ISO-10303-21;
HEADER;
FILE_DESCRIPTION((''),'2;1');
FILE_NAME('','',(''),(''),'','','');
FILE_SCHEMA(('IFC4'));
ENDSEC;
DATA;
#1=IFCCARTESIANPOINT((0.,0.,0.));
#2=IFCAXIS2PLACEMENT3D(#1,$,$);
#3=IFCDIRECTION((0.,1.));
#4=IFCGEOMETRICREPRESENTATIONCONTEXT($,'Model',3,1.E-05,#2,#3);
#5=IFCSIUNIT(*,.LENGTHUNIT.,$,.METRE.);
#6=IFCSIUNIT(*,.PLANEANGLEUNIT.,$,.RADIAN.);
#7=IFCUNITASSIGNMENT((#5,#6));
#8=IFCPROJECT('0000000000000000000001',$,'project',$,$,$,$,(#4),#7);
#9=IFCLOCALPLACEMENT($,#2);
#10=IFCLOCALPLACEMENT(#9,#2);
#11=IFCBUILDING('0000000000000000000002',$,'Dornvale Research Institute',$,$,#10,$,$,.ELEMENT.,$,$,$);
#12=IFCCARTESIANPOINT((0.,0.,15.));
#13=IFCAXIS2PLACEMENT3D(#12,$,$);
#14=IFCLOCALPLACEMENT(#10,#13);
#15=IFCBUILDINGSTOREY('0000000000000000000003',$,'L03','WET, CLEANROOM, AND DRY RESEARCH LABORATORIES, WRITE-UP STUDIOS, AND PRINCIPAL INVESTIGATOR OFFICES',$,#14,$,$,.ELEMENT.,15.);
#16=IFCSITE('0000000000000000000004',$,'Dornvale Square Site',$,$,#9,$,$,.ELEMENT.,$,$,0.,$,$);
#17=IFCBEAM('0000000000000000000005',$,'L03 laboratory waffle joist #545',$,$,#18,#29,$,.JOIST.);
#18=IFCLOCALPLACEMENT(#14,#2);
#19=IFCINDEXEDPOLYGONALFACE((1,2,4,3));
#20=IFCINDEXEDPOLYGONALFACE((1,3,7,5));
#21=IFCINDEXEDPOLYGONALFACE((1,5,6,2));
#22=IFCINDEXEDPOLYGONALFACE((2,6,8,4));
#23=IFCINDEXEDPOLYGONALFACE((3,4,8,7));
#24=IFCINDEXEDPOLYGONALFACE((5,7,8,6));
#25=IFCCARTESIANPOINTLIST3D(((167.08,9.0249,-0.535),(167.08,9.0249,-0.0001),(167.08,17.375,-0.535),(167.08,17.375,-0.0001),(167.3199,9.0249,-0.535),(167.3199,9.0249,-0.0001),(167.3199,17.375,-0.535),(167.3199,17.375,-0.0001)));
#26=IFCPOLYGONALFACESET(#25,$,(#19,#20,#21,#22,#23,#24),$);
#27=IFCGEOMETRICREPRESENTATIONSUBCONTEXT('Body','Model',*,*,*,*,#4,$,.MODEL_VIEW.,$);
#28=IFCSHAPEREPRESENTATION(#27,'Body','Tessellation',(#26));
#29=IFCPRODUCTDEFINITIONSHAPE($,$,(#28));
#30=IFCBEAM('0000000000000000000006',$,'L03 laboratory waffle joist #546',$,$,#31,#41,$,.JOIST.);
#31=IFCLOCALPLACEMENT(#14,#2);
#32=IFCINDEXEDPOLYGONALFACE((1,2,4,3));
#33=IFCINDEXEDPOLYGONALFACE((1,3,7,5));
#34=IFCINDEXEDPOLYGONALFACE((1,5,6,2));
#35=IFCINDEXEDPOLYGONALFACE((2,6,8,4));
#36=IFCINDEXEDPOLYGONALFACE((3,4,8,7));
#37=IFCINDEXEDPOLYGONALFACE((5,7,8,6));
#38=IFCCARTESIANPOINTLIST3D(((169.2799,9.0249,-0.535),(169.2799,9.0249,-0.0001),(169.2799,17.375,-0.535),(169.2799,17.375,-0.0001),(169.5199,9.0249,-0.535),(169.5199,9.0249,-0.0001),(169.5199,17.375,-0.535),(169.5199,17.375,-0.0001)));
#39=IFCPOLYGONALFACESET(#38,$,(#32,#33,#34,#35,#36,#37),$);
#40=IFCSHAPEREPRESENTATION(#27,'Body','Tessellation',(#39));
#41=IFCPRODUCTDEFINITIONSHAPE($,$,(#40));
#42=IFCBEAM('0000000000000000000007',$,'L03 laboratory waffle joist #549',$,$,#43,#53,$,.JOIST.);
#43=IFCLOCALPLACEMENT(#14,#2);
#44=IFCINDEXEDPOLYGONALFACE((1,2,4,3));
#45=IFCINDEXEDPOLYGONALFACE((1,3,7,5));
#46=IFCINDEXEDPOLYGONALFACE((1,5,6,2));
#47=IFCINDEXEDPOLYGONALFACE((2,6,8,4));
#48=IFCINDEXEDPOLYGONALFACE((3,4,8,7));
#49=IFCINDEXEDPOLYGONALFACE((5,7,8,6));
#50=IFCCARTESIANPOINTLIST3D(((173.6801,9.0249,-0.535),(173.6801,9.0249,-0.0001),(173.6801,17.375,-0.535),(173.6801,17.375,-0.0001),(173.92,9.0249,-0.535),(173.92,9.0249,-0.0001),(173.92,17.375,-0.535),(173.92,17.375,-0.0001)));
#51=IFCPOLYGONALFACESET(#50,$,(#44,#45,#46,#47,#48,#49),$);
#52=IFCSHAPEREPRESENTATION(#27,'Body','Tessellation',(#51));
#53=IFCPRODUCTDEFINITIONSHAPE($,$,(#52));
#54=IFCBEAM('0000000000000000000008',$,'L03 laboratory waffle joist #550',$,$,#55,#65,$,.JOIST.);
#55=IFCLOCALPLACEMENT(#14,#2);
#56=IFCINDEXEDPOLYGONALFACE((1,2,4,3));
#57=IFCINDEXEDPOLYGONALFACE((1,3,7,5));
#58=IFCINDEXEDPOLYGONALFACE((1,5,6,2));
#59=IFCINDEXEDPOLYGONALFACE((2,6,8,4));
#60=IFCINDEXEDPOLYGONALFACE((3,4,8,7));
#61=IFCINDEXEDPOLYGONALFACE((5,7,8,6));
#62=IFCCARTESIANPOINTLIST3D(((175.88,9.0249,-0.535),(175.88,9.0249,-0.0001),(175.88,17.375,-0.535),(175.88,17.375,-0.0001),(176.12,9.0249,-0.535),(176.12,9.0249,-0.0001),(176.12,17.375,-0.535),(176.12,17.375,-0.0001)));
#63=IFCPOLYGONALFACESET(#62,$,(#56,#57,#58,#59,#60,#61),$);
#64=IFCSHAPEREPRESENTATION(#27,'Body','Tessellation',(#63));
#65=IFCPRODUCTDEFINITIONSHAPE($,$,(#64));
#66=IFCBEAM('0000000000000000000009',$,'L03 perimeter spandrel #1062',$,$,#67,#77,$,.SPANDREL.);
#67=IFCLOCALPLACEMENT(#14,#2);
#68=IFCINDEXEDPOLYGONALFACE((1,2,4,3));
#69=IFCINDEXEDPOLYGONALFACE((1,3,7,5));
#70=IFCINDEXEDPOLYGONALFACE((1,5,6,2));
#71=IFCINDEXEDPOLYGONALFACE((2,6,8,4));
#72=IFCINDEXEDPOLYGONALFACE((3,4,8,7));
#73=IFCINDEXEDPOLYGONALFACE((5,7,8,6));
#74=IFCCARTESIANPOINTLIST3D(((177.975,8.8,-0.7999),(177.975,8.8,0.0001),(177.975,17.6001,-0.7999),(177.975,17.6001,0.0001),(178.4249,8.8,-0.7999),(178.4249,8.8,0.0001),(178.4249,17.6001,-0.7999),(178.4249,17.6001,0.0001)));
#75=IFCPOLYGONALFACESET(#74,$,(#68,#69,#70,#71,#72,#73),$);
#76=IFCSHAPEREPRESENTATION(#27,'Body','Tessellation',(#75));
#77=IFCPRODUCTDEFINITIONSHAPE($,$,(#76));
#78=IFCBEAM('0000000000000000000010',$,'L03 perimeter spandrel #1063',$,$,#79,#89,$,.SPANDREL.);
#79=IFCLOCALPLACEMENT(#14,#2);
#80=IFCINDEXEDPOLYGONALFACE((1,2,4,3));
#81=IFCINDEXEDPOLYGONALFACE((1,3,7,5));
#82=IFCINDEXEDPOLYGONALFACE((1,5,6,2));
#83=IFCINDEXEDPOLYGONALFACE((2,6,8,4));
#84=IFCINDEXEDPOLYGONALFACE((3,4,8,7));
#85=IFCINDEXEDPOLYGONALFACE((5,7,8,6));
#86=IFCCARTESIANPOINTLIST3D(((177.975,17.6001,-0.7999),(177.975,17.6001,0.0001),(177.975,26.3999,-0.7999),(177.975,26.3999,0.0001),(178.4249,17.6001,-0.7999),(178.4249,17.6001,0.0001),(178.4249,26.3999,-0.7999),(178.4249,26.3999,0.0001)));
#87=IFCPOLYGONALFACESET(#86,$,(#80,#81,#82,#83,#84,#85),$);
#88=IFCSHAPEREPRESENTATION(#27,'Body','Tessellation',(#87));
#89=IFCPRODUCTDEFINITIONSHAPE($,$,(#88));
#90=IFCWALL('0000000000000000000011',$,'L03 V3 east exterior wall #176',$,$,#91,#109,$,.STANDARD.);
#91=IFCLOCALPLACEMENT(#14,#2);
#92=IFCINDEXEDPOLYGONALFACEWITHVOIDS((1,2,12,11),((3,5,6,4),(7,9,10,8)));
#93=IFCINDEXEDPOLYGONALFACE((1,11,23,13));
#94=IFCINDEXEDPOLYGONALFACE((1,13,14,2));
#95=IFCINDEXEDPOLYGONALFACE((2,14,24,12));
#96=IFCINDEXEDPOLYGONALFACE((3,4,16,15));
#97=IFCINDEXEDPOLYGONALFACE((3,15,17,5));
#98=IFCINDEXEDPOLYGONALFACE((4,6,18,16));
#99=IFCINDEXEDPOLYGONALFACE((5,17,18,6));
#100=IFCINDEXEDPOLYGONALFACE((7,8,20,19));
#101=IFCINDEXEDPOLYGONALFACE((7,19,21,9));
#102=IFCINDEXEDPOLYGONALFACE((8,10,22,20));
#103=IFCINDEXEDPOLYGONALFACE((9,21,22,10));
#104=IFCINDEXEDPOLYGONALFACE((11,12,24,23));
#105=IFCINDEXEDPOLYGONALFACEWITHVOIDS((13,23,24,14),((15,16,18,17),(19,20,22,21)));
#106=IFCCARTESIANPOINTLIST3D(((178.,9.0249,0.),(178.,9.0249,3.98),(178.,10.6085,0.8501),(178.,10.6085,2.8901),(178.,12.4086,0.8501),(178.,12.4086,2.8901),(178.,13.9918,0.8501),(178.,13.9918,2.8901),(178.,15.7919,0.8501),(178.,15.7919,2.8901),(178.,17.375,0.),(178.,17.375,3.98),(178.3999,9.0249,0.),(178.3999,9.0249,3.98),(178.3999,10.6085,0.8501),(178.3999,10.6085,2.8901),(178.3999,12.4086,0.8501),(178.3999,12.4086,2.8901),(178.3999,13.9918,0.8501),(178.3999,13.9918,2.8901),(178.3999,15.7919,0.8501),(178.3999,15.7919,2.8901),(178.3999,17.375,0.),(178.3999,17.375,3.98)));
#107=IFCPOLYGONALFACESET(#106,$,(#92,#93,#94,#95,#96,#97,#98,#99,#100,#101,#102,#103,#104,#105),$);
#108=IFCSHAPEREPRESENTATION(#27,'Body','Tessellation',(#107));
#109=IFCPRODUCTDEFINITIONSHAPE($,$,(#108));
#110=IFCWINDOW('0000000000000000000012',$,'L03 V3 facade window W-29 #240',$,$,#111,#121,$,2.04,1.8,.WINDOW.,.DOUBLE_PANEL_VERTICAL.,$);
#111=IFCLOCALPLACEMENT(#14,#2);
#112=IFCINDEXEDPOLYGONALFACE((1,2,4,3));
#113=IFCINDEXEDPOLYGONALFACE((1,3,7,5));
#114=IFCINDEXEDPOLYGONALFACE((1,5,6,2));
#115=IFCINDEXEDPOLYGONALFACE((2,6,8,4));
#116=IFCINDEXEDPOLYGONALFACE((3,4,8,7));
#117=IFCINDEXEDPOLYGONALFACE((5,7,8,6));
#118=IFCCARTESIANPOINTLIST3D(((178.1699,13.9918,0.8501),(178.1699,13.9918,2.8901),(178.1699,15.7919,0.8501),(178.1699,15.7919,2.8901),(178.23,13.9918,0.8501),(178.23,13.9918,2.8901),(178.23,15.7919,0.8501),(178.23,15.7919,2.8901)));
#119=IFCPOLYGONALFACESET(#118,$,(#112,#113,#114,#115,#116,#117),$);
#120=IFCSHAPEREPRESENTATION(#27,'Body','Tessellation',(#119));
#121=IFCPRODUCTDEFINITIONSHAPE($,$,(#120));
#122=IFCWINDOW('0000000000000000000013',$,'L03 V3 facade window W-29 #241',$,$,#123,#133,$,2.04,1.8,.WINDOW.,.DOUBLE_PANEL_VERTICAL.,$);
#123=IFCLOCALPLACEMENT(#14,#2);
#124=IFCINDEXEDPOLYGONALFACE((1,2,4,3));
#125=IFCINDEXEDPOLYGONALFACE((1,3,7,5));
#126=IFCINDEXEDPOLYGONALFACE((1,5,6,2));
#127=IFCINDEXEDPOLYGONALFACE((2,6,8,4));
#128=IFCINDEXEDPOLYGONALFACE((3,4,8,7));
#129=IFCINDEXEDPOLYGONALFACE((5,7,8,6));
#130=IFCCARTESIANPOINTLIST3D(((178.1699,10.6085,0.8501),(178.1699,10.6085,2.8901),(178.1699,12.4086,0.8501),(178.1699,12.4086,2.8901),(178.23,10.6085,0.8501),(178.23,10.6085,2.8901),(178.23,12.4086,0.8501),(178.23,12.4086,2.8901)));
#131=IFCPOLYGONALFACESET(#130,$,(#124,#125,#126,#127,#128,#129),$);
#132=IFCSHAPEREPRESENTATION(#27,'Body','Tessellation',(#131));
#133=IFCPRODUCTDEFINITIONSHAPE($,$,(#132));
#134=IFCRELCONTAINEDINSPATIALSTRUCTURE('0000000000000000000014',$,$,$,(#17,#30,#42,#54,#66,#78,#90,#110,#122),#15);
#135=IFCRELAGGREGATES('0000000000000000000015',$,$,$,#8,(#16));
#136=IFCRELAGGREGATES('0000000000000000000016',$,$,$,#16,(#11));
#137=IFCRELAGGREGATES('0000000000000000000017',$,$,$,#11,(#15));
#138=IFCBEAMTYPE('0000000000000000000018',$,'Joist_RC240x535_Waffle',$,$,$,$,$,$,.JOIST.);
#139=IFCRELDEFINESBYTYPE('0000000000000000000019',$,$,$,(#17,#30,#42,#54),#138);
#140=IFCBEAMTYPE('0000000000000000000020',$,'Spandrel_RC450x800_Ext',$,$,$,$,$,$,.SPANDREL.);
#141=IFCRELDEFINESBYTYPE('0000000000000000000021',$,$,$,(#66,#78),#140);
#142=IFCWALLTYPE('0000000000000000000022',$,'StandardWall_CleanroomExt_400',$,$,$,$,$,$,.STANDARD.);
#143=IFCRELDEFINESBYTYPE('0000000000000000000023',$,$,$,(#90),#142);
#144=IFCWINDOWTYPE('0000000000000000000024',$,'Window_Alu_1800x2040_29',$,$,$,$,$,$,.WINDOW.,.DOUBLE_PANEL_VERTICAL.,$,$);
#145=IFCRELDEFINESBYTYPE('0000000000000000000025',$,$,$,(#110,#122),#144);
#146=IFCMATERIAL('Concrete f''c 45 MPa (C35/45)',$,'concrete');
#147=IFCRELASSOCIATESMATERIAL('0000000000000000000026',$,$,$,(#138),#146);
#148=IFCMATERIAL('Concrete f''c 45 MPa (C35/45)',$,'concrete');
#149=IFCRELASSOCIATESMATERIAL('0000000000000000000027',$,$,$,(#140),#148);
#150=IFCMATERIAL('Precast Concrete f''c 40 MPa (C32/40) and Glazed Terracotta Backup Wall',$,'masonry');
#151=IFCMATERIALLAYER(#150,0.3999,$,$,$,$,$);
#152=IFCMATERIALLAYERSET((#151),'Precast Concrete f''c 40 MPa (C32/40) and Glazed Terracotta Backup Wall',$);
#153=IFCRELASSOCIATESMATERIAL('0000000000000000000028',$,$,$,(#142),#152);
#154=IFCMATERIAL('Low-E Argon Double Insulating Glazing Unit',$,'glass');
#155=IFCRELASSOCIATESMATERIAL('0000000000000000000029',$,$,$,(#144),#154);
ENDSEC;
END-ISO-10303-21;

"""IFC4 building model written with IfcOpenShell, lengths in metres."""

from ifc_helpers import new_model, si_unit, direction, frame, frame_2d, origin, origin_2d, place, context, subcontext, project, spatial, rectangle, extrude, material, layer, layer_set, material_profile, profile_set, type_object, element, fill, save


model = new_model("IFC4")

# Units and contexts
model_context = context("Model", 3, precision=1e-05, world=origin(), true_north=direction((0.0, 1.0)))
body_context = subcontext(model_context, "Body", "Model", "MODEL_VIEW")
ifc_project = project(units=[si_unit("LENGTHUNIT", "METRE"), si_unit("PLANEANGLEUNIT", "RADIAN")], contexts=[model_context])

# Site, building, storey
site_placement = place(None, origin())
site = spatial("IfcSite", under=ifc_project, at=site_placement, Name="Dornvale Square Site", CompositionType="ELEMENT", RefElevation=0.0)
building_placement = place(site_placement, origin())
building = spatial("IfcBuilding", under=site, at=building_placement, Name="Dornvale Research Institute", CompositionType="ELEMENT")
storey_placement = place(building_placement, frame((0.0, 0.0, 15.0)))
storey = spatial("IfcBuildingStorey", under=building, at=storey_placement, Name="L03", Description="WET, CLEANROOM, AND DRY RESEARCH LABORATORIES, WRITE-UP STUDIOS, AND PRINCIPAL INVESTIGATOR OFFICES", CompositionType="ELEMENT", Elevation=15.0)

# Beams
ifc_material_1 = material(Name="Concrete f'c 45 MPa (C35/45)", Category="concrete")
ifc_material_profile_1 = material_profile(ifc_material_1, rectangle(XDim=0.24, YDim=0.5349, at=origin_2d()), Name="RC 240x535")
ifc_profile_set_1 = profile_set([ifc_material_profile_1], Name="Concrete f'c 45 MPa (C35/45)")
beam_type_1 = type_object("IfcBeamType", Name="Joist_RC240x535_Waffle", PredefinedType="JOIST", material=ifc_profile_set_1)
for number, where, z_axis, x_axis, name in (
    (1, (167.2, 9.0249, -0.2676), (0.0, 1.0, 0.0), (-1.0, 0.0, 0.0), "L03 laboratory waffle joist #545"),
    (2, (169.3999, 9.0249, -0.2676), (0.0, 1.0, 0.0), (-1.0, 0.0, 0.0), "L03 laboratory waffle joist #546"),
    (3, (173.8, 9.0249, -0.2676), (0.0, 1.0, 0.0), (-1.0, 0.0, 0.0), "L03 laboratory waffle joist #549"),
    (4, (176.0, 9.0249, -0.2676), (0.0, 1.0, 0.0), (-1.0, 0.0, 0.0), "L03 laboratory waffle joist #550"),
):
    element("IfcBeam", number, at=place(storey_placement, frame(where, z_axis=z_axis, x_axis=x_axis)), inside=storey, type_object=beam_type_1, Name=name, PredefinedType="JOIST", context=body_context, shape_type="SweptSolid", body=[
        extrude(rectangle(XDim=0.24, YDim=0.5349, at=origin_2d()), origin(), (0.0, 0.0, 1.0), 8.3501),
    ])
ifc_material_2 = material(Name="Concrete f'c 45 MPa (C35/45)", Category="concrete")
ifc_material_profile_2 = material_profile(ifc_material_2, rectangle(XDim=0.45, YDim=0.8, at=origin_2d()), Name="RC 450x800")
ifc_profile_set_2 = profile_set([ifc_material_profile_2], Name="Concrete f'c 45 MPa (C35/45)")
beam_type_2 = type_object("IfcBeamType", Name="Spandrel_RC450x800_Ext", PredefinedType="SPANDREL", material=ifc_profile_set_2)
beam_1_placement = place(storey_placement, frame((178.2, 8.8, -0.3999), z_axis=(0.0, 1.0, 0.0), x_axis=(-1.0, 0.0, 0.0)))
element("IfcBeam", 5, at=beam_1_placement, inside=storey, type_object=beam_type_2, Name="L03 perimeter spandrel #1062", PredefinedType="SPANDREL", context=body_context, shape_type="SweptSolid", body=[
    extrude(rectangle(XDim=0.45, YDim=0.8, at=origin_2d()), origin(), (0.0, 0.0, 1.0), 8.8),
])
beam_2_placement = place(storey_placement, frame((178.2, 17.6001, -0.3999), z_axis=(0.0, 1.0, 0.0), x_axis=(-1.0, 0.0, 0.0)))
element("IfcBeam", 6, at=beam_2_placement, inside=storey, type_object=beam_type_2, Name="L03 perimeter spandrel #1063", PredefinedType="SPANDREL", context=body_context, shape_type="SweptSolid", body=[
    extrude(rectangle(XDim=0.45, YDim=0.8, at=origin_2d()), origin(), (0.0, 0.0, 1.0), 8.7998),
])

# Wall, openings, windows
ifc_material_3 = material(Name="Precast Concrete f'c 40 MPa (C32/40) and Glazed Terracotta Backup Wall", Category="masonry")
ifc_layer = layer(ifc_material_3, 0.3999)
ifc_layer_set = layer_set([ifc_layer], Name="Precast Concrete f'c 40 MPa (C32/40) and Glazed Terracotta Backup Wall")
wall_type = type_object("IfcWallType", Name="StandardWall_CleanroomExt_400", PredefinedType="STANDARD", material=ifc_layer_set)
wall_placement = place(storey_placement, frame((178.2, 17.375, 0.0), z_axis=(0.0, 0.0, 1.0), x_axis=(0.0, -1.0, 0.0)))
wall = element("IfcWall", 7, at=wall_placement, inside=storey, type_object=wall_type, Name="L03 V3 east exterior wall #176", PredefinedType="STANDARD", context=body_context, shape_type="SweptSolid", body=[
    extrude(rectangle(XDim=8.3501, YDim=0.3999, at=frame_2d((4.175, 0.0))), origin(), (0.0, 0.0, 1.0), 3.98),
])
opening_1_placement = place(wall_placement, frame((1.5833, 0.0, 0.8501)))
opening_1 = element("IfcOpeningElement", 8, at=opening_1_placement, cuts=wall, PredefinedType="OPENING", context=body_context, shape_type="SweptSolid", body=[
    extrude(rectangle(XDim=1.8, YDim=2.04, at=frame_2d((0.8999, 1.02))), frame((0.0, 0.2148, 0.0), z_axis=(0.0, -1.0, 0.0), x_axis=(1.0, 0.0, 0.0)), (0.0, 0.0, 1.0), 0.4299),
])
opening_2_placement = place(wall_placement, frame((4.9666, 0.0, 0.8501)))
opening_2 = element("IfcOpeningElement", 9, at=opening_2_placement, cuts=wall, PredefinedType="OPENING", context=body_context, shape_type="SweptSolid", body=[
    extrude(rectangle(XDim=1.8, YDim=2.04, at=frame_2d((0.8999, 1.02))), frame((0.0, 0.2148, 0.0), z_axis=(0.0, -1.0, 0.0), x_axis=(1.0, 0.0, 0.0)), (0.0, 0.0, 1.0), 0.4299),
])
ifc_material_4 = material(Name="Low-E Argon Double Insulating Glazing Unit", Category="glass")
window_type = type_object("IfcWindowType", Name="Window_Alu_1800x2040_29", PartitioningType="DOUBLE_PANEL_VERTICAL", PredefinedType="WINDOW", material=ifc_material_4)
window_1_placement = place(opening_1_placement, origin())
window_1 = element("IfcWindow", 10, at=window_1_placement, inside=storey, type_object=window_type, Name="L03 V3 facade window W-29 #240", OverallHeight=2.04, OverallWidth=1.8, PartitioningType="DOUBLE_PANEL_VERTICAL", PredefinedType="WINDOW", context=body_context, shape_type="SweptSolid", body=[
    extrude(rectangle(XDim=1.8, YDim=2.04, at=frame_2d((0.8999, 1.02))), frame((0.0, 0.03, 0.0), z_axis=(0.0, -1.0, 0.0), x_axis=(1.0, 0.0, 0.0)), (0.0, 0.0, 1.0), 0.0601),
])
fill(opening_1, window_1)
window_2_placement = place(opening_2_placement, origin())
window_2 = element("IfcWindow", 11, at=window_2_placement, inside=storey, type_object=window_type, Name="L03 V3 facade window W-29 #241", OverallHeight=2.04, OverallWidth=1.8, PartitioningType="DOUBLE_PANEL_VERTICAL", PredefinedType="WINDOW", context=body_context, shape_type="SweptSolid", body=[
    extrude(rectangle(XDim=1.8, YDim=2.04, at=frame_2d((0.8999, 1.02))), frame((0.0, 0.03, 0.0), z_axis=(0.0, -1.0, 0.0), x_axis=(1.0, 0.0, 0.0)), (0.0, 0.0, 1.0), 0.0601),
])
fill(opening_2, window_2)

save(model, "model.ifc")
